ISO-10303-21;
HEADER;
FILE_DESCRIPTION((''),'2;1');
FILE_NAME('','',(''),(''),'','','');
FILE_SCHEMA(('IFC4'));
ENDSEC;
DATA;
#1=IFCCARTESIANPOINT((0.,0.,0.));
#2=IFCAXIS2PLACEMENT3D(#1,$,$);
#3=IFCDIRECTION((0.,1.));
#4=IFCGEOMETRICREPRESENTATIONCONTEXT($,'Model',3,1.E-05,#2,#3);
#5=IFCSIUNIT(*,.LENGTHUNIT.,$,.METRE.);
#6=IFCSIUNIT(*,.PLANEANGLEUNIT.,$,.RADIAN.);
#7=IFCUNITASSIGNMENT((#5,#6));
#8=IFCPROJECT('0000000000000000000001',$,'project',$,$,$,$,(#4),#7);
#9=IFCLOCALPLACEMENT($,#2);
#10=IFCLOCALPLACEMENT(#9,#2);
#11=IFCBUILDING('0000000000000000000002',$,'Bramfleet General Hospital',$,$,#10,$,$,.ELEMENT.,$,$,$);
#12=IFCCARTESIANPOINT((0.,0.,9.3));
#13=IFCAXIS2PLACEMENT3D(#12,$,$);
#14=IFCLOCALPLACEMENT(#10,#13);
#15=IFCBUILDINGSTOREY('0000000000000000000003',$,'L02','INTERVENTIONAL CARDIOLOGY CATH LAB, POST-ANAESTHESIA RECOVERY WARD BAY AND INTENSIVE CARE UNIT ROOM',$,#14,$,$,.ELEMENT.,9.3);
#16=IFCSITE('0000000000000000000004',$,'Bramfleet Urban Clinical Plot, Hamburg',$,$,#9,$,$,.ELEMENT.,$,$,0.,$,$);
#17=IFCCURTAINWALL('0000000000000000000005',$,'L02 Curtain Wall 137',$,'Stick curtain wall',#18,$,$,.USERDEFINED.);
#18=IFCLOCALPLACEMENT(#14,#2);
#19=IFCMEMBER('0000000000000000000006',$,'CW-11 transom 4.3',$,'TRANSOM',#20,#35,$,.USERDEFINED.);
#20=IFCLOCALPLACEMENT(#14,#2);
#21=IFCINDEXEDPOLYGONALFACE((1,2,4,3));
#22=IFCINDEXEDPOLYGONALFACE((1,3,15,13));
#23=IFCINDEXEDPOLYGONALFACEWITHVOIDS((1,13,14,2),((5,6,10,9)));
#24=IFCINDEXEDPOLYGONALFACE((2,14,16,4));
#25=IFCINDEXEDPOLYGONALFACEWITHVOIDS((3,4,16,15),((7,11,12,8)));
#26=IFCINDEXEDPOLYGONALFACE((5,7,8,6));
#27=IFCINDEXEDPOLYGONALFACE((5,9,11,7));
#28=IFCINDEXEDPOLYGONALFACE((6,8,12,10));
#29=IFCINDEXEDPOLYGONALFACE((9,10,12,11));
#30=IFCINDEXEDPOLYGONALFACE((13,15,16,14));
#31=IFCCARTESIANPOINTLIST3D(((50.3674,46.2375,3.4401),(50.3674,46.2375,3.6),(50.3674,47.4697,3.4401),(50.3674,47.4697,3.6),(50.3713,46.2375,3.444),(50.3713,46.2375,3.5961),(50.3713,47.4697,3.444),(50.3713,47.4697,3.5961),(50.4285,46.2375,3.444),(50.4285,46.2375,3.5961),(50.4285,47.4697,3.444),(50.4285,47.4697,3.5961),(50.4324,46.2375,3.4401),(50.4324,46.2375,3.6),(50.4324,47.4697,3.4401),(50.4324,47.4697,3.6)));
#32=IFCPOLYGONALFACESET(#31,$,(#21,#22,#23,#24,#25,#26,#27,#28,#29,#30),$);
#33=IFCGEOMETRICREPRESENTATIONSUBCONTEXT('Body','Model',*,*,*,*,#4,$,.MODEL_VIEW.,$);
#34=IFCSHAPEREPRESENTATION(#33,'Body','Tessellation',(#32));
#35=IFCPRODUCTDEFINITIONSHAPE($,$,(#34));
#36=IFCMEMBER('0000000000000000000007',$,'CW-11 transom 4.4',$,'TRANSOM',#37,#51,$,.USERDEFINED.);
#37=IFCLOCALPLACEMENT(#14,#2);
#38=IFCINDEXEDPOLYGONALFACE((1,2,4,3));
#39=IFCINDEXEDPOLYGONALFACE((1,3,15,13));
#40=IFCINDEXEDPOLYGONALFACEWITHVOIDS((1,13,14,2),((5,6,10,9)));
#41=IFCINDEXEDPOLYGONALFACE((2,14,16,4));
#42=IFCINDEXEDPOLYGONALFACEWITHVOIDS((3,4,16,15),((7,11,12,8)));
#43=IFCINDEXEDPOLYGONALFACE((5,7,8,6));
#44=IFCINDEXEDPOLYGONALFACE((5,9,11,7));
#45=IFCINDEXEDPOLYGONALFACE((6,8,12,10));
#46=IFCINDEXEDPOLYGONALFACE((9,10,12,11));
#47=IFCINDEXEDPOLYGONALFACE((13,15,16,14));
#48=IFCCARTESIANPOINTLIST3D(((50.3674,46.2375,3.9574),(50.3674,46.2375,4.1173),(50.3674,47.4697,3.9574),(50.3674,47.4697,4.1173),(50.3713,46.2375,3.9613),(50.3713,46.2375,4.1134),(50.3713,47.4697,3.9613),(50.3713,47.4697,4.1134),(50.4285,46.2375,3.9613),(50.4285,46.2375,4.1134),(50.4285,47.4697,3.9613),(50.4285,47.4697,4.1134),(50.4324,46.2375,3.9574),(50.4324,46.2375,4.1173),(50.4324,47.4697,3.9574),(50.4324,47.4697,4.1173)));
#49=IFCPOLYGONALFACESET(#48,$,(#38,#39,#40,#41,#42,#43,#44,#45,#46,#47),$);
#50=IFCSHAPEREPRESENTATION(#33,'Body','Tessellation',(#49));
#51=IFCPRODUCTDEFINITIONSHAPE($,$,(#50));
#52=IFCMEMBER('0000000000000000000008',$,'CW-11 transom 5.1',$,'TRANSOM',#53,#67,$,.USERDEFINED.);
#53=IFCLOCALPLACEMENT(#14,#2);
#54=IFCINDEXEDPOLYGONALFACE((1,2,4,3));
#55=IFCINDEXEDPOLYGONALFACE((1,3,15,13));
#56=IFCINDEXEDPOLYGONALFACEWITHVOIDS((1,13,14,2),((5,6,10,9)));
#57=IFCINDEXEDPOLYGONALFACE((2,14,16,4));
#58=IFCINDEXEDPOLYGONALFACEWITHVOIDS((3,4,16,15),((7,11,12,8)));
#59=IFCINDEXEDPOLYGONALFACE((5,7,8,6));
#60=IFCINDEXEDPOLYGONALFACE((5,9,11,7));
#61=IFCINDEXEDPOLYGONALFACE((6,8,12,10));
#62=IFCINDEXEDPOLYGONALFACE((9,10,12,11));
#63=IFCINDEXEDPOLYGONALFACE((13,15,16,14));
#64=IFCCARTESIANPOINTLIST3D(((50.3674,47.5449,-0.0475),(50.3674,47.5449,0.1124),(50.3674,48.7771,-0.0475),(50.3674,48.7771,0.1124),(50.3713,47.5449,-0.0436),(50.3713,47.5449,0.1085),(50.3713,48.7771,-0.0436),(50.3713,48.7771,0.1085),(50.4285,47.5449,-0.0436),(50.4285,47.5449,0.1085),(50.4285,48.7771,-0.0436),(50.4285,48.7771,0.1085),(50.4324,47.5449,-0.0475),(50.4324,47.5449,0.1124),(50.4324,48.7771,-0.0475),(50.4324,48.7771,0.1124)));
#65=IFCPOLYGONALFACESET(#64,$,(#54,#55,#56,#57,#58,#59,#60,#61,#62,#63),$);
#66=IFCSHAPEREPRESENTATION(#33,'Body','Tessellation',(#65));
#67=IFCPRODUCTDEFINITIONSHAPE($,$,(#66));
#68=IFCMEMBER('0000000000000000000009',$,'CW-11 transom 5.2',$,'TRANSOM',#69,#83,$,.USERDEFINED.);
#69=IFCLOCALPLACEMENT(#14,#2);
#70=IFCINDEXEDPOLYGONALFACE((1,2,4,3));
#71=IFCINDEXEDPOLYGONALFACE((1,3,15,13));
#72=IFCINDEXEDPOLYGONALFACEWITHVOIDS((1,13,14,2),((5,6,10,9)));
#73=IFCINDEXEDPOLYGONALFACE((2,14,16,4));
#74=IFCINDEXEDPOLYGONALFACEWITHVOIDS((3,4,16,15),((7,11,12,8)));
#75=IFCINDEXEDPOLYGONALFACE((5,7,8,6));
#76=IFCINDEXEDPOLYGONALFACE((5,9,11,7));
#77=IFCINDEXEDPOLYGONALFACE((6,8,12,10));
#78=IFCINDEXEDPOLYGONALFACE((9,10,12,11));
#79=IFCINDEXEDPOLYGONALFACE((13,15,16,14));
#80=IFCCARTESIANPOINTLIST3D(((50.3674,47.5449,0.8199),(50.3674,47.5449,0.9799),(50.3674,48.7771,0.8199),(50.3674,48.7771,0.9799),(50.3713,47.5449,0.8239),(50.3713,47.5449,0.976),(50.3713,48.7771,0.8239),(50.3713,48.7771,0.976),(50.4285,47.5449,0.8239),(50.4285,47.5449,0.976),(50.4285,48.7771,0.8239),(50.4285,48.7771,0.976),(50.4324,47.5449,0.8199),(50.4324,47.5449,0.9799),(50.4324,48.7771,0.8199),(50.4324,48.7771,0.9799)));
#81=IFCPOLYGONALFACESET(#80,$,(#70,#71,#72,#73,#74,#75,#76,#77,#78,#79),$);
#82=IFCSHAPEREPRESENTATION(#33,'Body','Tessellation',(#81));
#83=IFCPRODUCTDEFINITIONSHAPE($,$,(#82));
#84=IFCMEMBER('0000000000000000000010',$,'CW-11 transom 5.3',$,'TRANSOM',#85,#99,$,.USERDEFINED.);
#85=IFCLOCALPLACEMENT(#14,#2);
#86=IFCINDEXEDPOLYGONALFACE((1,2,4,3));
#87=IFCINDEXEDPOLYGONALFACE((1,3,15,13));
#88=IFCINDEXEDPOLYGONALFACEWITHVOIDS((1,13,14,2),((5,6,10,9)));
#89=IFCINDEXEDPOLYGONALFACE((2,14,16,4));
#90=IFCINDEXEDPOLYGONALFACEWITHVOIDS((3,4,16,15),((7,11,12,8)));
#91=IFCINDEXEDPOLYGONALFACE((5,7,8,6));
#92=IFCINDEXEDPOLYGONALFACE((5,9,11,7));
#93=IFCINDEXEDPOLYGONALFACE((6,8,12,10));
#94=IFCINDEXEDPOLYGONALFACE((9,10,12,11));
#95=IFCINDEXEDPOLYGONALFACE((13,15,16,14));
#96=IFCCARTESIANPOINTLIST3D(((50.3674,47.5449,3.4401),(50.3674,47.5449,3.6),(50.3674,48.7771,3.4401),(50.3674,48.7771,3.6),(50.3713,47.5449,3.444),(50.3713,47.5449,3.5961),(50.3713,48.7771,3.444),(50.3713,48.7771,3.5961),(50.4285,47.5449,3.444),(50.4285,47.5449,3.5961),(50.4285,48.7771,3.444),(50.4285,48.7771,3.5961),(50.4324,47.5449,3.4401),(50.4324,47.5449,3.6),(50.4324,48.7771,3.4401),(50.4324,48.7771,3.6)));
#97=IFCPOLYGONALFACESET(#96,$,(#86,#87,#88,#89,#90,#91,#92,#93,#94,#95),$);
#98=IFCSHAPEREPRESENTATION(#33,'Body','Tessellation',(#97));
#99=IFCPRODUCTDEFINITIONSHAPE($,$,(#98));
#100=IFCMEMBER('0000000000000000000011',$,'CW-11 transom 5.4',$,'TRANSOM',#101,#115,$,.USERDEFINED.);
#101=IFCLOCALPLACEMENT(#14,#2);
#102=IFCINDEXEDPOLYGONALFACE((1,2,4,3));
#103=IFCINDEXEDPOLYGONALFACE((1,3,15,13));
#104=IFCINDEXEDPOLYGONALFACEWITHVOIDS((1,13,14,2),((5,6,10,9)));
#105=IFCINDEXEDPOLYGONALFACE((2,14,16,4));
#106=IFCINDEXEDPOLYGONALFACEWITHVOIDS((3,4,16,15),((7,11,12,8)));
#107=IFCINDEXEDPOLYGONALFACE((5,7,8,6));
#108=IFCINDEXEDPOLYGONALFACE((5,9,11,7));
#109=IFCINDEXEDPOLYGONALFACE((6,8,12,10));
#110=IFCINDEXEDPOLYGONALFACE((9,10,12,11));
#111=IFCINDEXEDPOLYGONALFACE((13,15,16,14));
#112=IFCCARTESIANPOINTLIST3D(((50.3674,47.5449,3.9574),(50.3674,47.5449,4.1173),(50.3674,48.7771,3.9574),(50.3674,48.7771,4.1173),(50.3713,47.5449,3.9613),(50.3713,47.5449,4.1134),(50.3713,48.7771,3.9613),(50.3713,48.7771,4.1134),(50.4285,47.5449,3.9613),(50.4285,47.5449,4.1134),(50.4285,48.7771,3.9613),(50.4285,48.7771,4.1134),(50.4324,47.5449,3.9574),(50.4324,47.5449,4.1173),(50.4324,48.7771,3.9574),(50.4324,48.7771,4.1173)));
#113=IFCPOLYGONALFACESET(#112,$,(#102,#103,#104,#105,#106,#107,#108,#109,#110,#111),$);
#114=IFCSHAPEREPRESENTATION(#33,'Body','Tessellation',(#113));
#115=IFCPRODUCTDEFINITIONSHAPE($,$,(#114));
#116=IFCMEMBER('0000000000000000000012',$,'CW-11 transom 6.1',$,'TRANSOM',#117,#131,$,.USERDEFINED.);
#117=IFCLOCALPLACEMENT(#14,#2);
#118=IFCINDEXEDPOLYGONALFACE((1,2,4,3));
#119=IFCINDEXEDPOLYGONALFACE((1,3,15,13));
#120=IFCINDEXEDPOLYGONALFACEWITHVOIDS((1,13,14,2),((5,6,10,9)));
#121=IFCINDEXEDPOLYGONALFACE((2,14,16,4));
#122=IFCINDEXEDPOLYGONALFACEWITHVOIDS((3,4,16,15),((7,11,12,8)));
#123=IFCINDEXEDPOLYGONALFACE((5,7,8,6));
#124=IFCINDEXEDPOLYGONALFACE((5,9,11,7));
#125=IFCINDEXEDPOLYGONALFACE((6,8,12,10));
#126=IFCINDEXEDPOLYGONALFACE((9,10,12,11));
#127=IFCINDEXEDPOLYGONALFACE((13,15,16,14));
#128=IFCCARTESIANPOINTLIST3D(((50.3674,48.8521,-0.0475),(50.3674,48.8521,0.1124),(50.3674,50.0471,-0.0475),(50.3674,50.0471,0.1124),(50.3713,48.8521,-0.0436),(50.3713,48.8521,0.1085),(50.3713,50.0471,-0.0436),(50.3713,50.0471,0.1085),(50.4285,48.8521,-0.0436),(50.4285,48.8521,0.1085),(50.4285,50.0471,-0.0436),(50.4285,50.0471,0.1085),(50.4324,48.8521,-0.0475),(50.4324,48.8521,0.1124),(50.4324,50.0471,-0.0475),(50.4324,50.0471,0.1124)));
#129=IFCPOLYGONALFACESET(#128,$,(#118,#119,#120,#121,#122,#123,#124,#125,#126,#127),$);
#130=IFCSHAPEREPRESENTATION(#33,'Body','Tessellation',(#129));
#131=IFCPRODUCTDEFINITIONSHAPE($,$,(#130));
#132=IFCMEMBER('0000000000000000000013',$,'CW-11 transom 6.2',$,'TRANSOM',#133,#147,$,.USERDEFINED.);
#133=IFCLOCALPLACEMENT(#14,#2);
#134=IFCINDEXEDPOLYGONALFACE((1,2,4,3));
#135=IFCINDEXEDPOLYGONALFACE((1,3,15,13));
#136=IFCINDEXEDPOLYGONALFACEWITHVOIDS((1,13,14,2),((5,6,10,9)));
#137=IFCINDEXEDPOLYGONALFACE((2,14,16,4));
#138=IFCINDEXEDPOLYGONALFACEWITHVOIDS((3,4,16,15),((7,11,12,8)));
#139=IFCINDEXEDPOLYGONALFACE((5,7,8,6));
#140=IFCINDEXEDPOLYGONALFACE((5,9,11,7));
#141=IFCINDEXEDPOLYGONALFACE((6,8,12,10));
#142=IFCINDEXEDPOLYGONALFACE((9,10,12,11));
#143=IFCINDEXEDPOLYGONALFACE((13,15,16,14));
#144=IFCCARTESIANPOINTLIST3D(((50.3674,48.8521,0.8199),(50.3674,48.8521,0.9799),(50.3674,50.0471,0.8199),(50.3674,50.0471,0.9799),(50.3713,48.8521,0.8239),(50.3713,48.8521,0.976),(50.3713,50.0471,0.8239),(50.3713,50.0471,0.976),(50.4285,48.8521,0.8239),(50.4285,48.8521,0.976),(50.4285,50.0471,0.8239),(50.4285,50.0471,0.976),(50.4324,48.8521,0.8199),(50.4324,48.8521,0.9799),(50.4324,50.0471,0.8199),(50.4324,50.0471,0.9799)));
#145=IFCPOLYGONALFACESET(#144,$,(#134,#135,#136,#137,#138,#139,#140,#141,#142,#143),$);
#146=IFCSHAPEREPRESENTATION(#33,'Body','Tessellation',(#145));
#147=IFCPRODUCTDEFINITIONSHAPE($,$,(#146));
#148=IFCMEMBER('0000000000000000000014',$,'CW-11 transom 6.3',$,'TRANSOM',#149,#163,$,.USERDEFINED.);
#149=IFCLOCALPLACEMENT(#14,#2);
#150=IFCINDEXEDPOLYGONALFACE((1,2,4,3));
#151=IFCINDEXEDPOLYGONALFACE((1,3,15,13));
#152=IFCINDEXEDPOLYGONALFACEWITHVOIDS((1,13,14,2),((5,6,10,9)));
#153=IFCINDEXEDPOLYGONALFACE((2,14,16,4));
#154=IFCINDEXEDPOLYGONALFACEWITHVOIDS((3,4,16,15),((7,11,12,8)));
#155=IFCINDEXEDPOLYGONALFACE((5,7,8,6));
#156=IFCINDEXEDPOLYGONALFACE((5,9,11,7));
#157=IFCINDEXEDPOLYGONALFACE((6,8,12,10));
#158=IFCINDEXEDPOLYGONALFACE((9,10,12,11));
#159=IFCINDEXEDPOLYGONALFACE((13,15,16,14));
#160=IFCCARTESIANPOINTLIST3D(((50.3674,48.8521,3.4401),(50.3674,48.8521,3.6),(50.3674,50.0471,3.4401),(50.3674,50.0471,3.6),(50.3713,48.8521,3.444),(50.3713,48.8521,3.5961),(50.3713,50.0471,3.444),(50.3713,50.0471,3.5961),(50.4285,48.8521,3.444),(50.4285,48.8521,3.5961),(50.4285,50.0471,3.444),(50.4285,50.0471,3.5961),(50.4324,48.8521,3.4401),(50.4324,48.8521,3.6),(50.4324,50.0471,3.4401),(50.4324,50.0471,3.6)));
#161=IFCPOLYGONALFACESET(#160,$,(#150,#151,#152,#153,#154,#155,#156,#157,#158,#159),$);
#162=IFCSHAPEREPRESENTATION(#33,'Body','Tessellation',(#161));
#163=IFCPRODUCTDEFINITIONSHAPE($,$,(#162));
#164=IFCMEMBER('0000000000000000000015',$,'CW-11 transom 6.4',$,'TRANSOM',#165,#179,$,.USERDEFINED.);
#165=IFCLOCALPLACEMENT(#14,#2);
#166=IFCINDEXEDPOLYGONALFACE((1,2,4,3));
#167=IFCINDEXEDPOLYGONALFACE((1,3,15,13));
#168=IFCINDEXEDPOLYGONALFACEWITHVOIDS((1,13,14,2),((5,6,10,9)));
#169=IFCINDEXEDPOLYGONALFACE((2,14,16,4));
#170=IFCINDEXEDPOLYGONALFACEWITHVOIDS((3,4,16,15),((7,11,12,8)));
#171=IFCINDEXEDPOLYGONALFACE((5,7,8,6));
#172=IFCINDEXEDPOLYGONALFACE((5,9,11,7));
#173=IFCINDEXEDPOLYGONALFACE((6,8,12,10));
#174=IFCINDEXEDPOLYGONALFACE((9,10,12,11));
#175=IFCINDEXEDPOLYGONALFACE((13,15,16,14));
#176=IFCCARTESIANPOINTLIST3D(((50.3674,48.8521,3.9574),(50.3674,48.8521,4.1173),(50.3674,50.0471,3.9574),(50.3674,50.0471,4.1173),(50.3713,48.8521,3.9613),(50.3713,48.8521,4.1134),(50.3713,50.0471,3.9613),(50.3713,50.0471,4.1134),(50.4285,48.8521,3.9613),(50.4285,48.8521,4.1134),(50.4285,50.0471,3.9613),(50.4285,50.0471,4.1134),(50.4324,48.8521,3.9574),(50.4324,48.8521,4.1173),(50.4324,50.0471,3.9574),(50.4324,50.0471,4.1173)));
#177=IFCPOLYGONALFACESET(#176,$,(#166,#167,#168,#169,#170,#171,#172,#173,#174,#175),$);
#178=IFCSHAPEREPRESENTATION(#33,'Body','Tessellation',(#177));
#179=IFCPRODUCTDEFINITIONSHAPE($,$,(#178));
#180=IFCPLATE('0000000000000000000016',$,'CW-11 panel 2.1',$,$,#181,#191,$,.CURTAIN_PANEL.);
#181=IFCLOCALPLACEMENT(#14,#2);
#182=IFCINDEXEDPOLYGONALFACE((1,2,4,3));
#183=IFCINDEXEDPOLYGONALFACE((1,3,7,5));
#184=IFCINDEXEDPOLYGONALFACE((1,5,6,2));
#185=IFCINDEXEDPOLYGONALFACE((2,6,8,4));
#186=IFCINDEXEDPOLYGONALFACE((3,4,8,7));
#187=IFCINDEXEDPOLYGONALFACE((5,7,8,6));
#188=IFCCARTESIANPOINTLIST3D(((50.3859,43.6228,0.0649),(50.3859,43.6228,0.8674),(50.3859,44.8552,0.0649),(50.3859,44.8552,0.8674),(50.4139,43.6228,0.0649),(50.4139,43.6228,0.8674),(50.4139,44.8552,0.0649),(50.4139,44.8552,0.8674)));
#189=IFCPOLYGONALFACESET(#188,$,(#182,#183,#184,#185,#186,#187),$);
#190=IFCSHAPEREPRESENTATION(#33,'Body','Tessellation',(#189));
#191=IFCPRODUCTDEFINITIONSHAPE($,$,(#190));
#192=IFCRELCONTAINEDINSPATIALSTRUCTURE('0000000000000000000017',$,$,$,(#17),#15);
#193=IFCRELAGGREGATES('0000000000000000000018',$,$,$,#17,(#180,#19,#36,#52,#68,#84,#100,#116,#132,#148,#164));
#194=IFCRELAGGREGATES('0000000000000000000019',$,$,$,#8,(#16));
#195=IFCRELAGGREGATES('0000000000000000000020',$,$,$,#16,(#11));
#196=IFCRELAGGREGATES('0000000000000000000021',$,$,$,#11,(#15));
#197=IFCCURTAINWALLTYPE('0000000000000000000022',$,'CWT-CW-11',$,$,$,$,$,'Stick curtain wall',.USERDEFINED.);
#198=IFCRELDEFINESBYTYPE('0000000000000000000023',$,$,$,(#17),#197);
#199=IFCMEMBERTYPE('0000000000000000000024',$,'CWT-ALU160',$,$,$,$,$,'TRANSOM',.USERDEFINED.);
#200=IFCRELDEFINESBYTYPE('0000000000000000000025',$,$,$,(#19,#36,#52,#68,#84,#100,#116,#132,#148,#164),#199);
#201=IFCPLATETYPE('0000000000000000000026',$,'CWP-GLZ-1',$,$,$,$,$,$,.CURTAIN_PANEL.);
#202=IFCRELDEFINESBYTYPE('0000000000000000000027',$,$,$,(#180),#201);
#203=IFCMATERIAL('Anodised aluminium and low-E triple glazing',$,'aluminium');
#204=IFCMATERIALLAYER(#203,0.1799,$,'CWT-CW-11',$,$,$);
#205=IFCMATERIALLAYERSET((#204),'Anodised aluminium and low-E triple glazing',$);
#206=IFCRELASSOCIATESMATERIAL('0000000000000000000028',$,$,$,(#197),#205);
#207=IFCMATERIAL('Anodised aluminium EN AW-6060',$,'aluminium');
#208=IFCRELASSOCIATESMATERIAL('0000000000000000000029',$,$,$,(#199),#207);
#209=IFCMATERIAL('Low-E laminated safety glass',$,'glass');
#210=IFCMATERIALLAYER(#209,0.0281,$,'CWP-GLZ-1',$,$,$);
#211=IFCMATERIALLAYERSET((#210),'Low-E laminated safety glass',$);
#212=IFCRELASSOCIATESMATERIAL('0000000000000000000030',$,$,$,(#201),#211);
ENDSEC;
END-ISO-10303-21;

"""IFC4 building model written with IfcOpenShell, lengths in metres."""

from ifc_helpers import new_model, si_unit, direction, frame, origin, origin_2d, place, context, subcontext, project, spatial, rectangle, hollow_rectangle, extrude, material, layer, layer_set, material_profile, profile_set, type_object, element, aggregate, save


model = new_model("IFC4")

# Units and contexts
model_context = context("Model", 3, precision=1e-05, world=origin(), true_north=direction((0.0, 1.0)))
body_context = subcontext(model_context, "Body", "Model", "MODEL_VIEW")
ifc_project = project(units=[si_unit("LENGTHUNIT", "METRE"), si_unit("PLANEANGLEUNIT", "RADIAN")], contexts=[model_context])

# Site, building, storey
site_placement = place(None, origin())
site = spatial("IfcSite", under=ifc_project, at=site_placement, Name="Bramfleet Urban Clinical Plot, Hamburg", CompositionType="ELEMENT", RefElevation=0.0)
building_placement = place(site_placement, origin())
building = spatial("IfcBuilding", under=site, at=building_placement, Name="Bramfleet General Hospital", CompositionType="ELEMENT")
storey_placement = place(building_placement, frame((0.0, 0.0, 9.3)))
storey = spatial("IfcBuildingStorey", under=building, at=storey_placement, Name="L02", Description="INTERVENTIONAL CARDIOLOGY CATH LAB, POST-ANAESTHESIA RECOVERY WARD BAY AND INTENSIVE CARE UNIT ROOM", CompositionType="ELEMENT", Elevation=9.3)

# Curtain wall, members, plate
ifc_material_1 = material(Name="Anodised aluminium and low-E triple glazing", Category="aluminium")
ifc_layer_1 = layer(ifc_material_1, 0.1799, Name="CWT-CW-11")
ifc_layer_set_1 = layer_set([ifc_layer_1], Name="Anodised aluminium and low-E triple glazing")
curtain_wall_type = type_object("IfcCurtainWallType", Name="CWT-CW-11", ElementType="Stick curtain wall", PredefinedType="USERDEFINED", material=ifc_layer_set_1)
curtain_wall_placement = place(storey_placement, origin())
curtain_wall = element("IfcCurtainWall", 1, at=curtain_wall_placement, inside=storey, type_object=curtain_wall_type, Name="L02 Curtain Wall 137", ObjectType="Stick curtain wall", PredefinedType="USERDEFINED")
ifc_material_2 = material(Name="Anodised aluminium EN AW-6060", Category="aluminium")
ifc_material_profile_1 = material_profile(ifc_material_2, hollow_rectangle(XDim=0.0649, YDim=0.1599, WallThickness=0.0039, at=origin_2d()), Name="ALU 160x65x4.0")
ifc_profile_set_1 = profile_set([ifc_material_profile_1], Name="Anodised aluminium EN AW-6060")
member_type_1 = type_object("IfcMemberType", Name="CWT-ALU160", ElementType="TRANSOM", PredefinedType="USERDEFINED", material=ifc_profile_set_1)
member_1_placement = place(storey_placement, frame((50.3999, 46.2375, 3.52), z_axis=(0.0, 1.0, 0.0), x_axis=(-1.0, 0.0, 0.0)))
member_1 = element("IfcMember", 2, at=member_1_placement, type_object=member_type_1, Name="CW-11 transom 4.3", ObjectType="TRANSOM", PredefinedType="USERDEFINED", context=body_context, shape_type="SweptSolid", body=[
    extrude(hollow_rectangle(XDim=0.0649, YDim=0.1599, WallThickness=0.0039, at=origin_2d()), origin(), (0.0, 0.0, 1.0), 1.2322),
])
member_2_placement = place(storey_placement, frame((50.3999, 46.2375, 4.0374), z_axis=(0.0, 1.0, 0.0), x_axis=(-1.0, 0.0, 0.0)))
member_2 = element("IfcMember", 3, at=member_2_placement, type_object=member_type_1, Name="CW-11 transom 4.4", ObjectType="TRANSOM", PredefinedType="USERDEFINED", context=body_context, shape_type="SweptSolid", body=[
    extrude(hollow_rectangle(XDim=0.0649, YDim=0.1599, WallThickness=0.0039, at=origin_2d()), origin(), (0.0, 0.0, 1.0), 1.2322),
])
member_3_placement = place(storey_placement, frame((50.3999, 47.5449, 0.0325), z_axis=(0.0, 1.0, 0.0), x_axis=(-1.0, 0.0, 0.0)))
member_3 = element("IfcMember", 4, at=member_3_placement, type_object=member_type_1, Name="CW-11 transom 5.1", ObjectType="TRANSOM", PredefinedType="USERDEFINED", context=body_context, shape_type="SweptSolid", body=[
    extrude(hollow_rectangle(XDim=0.0649, YDim=0.1599, WallThickness=0.0039, at=origin_2d()), origin(), (0.0, 0.0, 1.0), 1.2322),
])
member_4_placement = place(storey_placement, frame((50.3999, 47.5449, 0.8999), z_axis=(0.0, 1.0, 0.0), x_axis=(-1.0, 0.0, 0.0)))
member_4 = element("IfcMember", 5, at=member_4_placement, type_object=member_type_1, Name="CW-11 transom 5.2", ObjectType="TRANSOM", PredefinedType="USERDEFINED", context=body_context, shape_type="SweptSolid", body=[
    extrude(hollow_rectangle(XDim=0.0649, YDim=0.1599, WallThickness=0.0039, at=origin_2d()), origin(), (0.0, 0.0, 1.0), 1.2322),
])
member_5_placement = place(storey_placement, frame((50.3999, 47.5449, 3.52), z_axis=(0.0, 1.0, 0.0), x_axis=(-1.0, 0.0, 0.0)))
member_5 = element("IfcMember", 6, at=member_5_placement, type_object=member_type_1, Name="CW-11 transom 5.3", ObjectType="TRANSOM", PredefinedType="USERDEFINED", context=body_context, shape_type="SweptSolid", body=[
    extrude(hollow_rectangle(XDim=0.0649, YDim=0.1599, WallThickness=0.0039, at=origin_2d()), origin(), (0.0, 0.0, 1.0), 1.2322),
])
member_6_placement = place(storey_placement, frame((50.3999, 47.5449, 4.0374), z_axis=(0.0, 1.0, 0.0), x_axis=(-1.0, 0.0, 0.0)))
member_6 = element("IfcMember", 7, at=member_6_placement, type_object=member_type_1, Name="CW-11 transom 5.4", ObjectType="TRANSOM", PredefinedType="USERDEFINED", context=body_context, shape_type="SweptSolid", body=[
    extrude(hollow_rectangle(XDim=0.0649, YDim=0.1599, WallThickness=0.0039, at=origin_2d()), origin(), (0.0, 0.0, 1.0), 1.2322),
])
member_7_placement = place(storey_placement, frame((50.3999, 48.8521, 0.0325), z_axis=(0.0, 1.0, 0.0), x_axis=(-1.0, 0.0, 0.0)))
member_7 = element("IfcMember", 8, at=member_7_placement, type_object=member_type_1, Name="CW-11 transom 6.1", ObjectType="TRANSOM", PredefinedType="USERDEFINED", context=body_context, shape_type="SweptSolid", body=[
    extrude(hollow_rectangle(XDim=0.0649, YDim=0.1599, WallThickness=0.0039, at=origin_2d()), origin(), (0.0, 0.0, 1.0), 1.1951),
])
member_8_placement = place(storey_placement, frame((50.3999, 48.8521, 0.8999), z_axis=(0.0, 1.0, 0.0), x_axis=(-1.0, 0.0, 0.0)))
member_8 = element("IfcMember", 9, at=member_8_placement, type_object=member_type_1, Name="CW-11 transom 6.2", ObjectType="TRANSOM", PredefinedType="USERDEFINED", context=body_context, shape_type="SweptSolid", body=[
    extrude(hollow_rectangle(XDim=0.0649, YDim=0.1599, WallThickness=0.0039, at=origin_2d()), origin(), (0.0, 0.0, 1.0), 1.1951),
])
member_9_placement = place(storey_placement, frame((50.3999, 48.8521, 3.52), z_axis=(0.0, 1.0, 0.0), x_axis=(-1.0, 0.0, 0.0)))
member_9 = element("IfcMember", 10, at=member_9_placement, type_object=member_type_1, Name="CW-11 transom 6.3", ObjectType="TRANSOM", PredefinedType="USERDEFINED", context=body_context, shape_type="SweptSolid", body=[
    extrude(hollow_rectangle(XDim=0.0649, YDim=0.1599, WallThickness=0.0039, at=origin_2d()), origin(), (0.0, 0.0, 1.0), 1.1951),
])
member_10_placement = place(storey_placement, frame((50.3999, 48.8521, 4.0374), z_axis=(0.0, 1.0, 0.0), x_axis=(-1.0, 0.0, 0.0)))
member_10 = element("IfcMember", 11, at=member_10_placement, type_object=member_type_1, Name="CW-11 transom 6.4", ObjectType="TRANSOM", PredefinedType="USERDEFINED", context=body_context, shape_type="SweptSolid", body=[
    extrude(hollow_rectangle(XDim=0.0649, YDim=0.1599, WallThickness=0.0039, at=origin_2d()), origin(), (0.0, 0.0, 1.0), 1.1951),
])
ifc_material_3 = material(Name="Low-E laminated safety glass", Category="glass")
ifc_layer_2 = layer(ifc_material_3, 0.0281, Name="CWP-GLZ-1")
ifc_layer_set_2 = layer_set([ifc_layer_2], Name="Low-E laminated safety glass")
plate_type = type_object("IfcPlateType", Name="CWP-GLZ-1", PredefinedType="CURTAIN_PANEL", material=ifc_layer_set_2)
plate_1_placement = place(storey_placement, frame((50.3999, 44.239, 0.0649), z_axis=(0.0, 0.0, 1.0), x_axis=(0.0, 1.0, 0.0)))
plate_1 = element("IfcPlate", 12, at=plate_1_placement, type_object=plate_type, Name="CW-11 panel 2.1", PredefinedType="CURTAIN_PANEL", context=body_context, shape_type="SweptSolid", body=[
    extrude(rectangle(XDim=1.2324, YDim=0.0281, at=origin_2d()), origin(), (0.0, 0.0, 1.0), 0.8025),
])
aggregate(curtain_wall, [plate_1, member_1, member_2, member_3, member_4, member_5, member_6, member_7, member_8, member_9, member_10])

save(model, "model.ifc")
